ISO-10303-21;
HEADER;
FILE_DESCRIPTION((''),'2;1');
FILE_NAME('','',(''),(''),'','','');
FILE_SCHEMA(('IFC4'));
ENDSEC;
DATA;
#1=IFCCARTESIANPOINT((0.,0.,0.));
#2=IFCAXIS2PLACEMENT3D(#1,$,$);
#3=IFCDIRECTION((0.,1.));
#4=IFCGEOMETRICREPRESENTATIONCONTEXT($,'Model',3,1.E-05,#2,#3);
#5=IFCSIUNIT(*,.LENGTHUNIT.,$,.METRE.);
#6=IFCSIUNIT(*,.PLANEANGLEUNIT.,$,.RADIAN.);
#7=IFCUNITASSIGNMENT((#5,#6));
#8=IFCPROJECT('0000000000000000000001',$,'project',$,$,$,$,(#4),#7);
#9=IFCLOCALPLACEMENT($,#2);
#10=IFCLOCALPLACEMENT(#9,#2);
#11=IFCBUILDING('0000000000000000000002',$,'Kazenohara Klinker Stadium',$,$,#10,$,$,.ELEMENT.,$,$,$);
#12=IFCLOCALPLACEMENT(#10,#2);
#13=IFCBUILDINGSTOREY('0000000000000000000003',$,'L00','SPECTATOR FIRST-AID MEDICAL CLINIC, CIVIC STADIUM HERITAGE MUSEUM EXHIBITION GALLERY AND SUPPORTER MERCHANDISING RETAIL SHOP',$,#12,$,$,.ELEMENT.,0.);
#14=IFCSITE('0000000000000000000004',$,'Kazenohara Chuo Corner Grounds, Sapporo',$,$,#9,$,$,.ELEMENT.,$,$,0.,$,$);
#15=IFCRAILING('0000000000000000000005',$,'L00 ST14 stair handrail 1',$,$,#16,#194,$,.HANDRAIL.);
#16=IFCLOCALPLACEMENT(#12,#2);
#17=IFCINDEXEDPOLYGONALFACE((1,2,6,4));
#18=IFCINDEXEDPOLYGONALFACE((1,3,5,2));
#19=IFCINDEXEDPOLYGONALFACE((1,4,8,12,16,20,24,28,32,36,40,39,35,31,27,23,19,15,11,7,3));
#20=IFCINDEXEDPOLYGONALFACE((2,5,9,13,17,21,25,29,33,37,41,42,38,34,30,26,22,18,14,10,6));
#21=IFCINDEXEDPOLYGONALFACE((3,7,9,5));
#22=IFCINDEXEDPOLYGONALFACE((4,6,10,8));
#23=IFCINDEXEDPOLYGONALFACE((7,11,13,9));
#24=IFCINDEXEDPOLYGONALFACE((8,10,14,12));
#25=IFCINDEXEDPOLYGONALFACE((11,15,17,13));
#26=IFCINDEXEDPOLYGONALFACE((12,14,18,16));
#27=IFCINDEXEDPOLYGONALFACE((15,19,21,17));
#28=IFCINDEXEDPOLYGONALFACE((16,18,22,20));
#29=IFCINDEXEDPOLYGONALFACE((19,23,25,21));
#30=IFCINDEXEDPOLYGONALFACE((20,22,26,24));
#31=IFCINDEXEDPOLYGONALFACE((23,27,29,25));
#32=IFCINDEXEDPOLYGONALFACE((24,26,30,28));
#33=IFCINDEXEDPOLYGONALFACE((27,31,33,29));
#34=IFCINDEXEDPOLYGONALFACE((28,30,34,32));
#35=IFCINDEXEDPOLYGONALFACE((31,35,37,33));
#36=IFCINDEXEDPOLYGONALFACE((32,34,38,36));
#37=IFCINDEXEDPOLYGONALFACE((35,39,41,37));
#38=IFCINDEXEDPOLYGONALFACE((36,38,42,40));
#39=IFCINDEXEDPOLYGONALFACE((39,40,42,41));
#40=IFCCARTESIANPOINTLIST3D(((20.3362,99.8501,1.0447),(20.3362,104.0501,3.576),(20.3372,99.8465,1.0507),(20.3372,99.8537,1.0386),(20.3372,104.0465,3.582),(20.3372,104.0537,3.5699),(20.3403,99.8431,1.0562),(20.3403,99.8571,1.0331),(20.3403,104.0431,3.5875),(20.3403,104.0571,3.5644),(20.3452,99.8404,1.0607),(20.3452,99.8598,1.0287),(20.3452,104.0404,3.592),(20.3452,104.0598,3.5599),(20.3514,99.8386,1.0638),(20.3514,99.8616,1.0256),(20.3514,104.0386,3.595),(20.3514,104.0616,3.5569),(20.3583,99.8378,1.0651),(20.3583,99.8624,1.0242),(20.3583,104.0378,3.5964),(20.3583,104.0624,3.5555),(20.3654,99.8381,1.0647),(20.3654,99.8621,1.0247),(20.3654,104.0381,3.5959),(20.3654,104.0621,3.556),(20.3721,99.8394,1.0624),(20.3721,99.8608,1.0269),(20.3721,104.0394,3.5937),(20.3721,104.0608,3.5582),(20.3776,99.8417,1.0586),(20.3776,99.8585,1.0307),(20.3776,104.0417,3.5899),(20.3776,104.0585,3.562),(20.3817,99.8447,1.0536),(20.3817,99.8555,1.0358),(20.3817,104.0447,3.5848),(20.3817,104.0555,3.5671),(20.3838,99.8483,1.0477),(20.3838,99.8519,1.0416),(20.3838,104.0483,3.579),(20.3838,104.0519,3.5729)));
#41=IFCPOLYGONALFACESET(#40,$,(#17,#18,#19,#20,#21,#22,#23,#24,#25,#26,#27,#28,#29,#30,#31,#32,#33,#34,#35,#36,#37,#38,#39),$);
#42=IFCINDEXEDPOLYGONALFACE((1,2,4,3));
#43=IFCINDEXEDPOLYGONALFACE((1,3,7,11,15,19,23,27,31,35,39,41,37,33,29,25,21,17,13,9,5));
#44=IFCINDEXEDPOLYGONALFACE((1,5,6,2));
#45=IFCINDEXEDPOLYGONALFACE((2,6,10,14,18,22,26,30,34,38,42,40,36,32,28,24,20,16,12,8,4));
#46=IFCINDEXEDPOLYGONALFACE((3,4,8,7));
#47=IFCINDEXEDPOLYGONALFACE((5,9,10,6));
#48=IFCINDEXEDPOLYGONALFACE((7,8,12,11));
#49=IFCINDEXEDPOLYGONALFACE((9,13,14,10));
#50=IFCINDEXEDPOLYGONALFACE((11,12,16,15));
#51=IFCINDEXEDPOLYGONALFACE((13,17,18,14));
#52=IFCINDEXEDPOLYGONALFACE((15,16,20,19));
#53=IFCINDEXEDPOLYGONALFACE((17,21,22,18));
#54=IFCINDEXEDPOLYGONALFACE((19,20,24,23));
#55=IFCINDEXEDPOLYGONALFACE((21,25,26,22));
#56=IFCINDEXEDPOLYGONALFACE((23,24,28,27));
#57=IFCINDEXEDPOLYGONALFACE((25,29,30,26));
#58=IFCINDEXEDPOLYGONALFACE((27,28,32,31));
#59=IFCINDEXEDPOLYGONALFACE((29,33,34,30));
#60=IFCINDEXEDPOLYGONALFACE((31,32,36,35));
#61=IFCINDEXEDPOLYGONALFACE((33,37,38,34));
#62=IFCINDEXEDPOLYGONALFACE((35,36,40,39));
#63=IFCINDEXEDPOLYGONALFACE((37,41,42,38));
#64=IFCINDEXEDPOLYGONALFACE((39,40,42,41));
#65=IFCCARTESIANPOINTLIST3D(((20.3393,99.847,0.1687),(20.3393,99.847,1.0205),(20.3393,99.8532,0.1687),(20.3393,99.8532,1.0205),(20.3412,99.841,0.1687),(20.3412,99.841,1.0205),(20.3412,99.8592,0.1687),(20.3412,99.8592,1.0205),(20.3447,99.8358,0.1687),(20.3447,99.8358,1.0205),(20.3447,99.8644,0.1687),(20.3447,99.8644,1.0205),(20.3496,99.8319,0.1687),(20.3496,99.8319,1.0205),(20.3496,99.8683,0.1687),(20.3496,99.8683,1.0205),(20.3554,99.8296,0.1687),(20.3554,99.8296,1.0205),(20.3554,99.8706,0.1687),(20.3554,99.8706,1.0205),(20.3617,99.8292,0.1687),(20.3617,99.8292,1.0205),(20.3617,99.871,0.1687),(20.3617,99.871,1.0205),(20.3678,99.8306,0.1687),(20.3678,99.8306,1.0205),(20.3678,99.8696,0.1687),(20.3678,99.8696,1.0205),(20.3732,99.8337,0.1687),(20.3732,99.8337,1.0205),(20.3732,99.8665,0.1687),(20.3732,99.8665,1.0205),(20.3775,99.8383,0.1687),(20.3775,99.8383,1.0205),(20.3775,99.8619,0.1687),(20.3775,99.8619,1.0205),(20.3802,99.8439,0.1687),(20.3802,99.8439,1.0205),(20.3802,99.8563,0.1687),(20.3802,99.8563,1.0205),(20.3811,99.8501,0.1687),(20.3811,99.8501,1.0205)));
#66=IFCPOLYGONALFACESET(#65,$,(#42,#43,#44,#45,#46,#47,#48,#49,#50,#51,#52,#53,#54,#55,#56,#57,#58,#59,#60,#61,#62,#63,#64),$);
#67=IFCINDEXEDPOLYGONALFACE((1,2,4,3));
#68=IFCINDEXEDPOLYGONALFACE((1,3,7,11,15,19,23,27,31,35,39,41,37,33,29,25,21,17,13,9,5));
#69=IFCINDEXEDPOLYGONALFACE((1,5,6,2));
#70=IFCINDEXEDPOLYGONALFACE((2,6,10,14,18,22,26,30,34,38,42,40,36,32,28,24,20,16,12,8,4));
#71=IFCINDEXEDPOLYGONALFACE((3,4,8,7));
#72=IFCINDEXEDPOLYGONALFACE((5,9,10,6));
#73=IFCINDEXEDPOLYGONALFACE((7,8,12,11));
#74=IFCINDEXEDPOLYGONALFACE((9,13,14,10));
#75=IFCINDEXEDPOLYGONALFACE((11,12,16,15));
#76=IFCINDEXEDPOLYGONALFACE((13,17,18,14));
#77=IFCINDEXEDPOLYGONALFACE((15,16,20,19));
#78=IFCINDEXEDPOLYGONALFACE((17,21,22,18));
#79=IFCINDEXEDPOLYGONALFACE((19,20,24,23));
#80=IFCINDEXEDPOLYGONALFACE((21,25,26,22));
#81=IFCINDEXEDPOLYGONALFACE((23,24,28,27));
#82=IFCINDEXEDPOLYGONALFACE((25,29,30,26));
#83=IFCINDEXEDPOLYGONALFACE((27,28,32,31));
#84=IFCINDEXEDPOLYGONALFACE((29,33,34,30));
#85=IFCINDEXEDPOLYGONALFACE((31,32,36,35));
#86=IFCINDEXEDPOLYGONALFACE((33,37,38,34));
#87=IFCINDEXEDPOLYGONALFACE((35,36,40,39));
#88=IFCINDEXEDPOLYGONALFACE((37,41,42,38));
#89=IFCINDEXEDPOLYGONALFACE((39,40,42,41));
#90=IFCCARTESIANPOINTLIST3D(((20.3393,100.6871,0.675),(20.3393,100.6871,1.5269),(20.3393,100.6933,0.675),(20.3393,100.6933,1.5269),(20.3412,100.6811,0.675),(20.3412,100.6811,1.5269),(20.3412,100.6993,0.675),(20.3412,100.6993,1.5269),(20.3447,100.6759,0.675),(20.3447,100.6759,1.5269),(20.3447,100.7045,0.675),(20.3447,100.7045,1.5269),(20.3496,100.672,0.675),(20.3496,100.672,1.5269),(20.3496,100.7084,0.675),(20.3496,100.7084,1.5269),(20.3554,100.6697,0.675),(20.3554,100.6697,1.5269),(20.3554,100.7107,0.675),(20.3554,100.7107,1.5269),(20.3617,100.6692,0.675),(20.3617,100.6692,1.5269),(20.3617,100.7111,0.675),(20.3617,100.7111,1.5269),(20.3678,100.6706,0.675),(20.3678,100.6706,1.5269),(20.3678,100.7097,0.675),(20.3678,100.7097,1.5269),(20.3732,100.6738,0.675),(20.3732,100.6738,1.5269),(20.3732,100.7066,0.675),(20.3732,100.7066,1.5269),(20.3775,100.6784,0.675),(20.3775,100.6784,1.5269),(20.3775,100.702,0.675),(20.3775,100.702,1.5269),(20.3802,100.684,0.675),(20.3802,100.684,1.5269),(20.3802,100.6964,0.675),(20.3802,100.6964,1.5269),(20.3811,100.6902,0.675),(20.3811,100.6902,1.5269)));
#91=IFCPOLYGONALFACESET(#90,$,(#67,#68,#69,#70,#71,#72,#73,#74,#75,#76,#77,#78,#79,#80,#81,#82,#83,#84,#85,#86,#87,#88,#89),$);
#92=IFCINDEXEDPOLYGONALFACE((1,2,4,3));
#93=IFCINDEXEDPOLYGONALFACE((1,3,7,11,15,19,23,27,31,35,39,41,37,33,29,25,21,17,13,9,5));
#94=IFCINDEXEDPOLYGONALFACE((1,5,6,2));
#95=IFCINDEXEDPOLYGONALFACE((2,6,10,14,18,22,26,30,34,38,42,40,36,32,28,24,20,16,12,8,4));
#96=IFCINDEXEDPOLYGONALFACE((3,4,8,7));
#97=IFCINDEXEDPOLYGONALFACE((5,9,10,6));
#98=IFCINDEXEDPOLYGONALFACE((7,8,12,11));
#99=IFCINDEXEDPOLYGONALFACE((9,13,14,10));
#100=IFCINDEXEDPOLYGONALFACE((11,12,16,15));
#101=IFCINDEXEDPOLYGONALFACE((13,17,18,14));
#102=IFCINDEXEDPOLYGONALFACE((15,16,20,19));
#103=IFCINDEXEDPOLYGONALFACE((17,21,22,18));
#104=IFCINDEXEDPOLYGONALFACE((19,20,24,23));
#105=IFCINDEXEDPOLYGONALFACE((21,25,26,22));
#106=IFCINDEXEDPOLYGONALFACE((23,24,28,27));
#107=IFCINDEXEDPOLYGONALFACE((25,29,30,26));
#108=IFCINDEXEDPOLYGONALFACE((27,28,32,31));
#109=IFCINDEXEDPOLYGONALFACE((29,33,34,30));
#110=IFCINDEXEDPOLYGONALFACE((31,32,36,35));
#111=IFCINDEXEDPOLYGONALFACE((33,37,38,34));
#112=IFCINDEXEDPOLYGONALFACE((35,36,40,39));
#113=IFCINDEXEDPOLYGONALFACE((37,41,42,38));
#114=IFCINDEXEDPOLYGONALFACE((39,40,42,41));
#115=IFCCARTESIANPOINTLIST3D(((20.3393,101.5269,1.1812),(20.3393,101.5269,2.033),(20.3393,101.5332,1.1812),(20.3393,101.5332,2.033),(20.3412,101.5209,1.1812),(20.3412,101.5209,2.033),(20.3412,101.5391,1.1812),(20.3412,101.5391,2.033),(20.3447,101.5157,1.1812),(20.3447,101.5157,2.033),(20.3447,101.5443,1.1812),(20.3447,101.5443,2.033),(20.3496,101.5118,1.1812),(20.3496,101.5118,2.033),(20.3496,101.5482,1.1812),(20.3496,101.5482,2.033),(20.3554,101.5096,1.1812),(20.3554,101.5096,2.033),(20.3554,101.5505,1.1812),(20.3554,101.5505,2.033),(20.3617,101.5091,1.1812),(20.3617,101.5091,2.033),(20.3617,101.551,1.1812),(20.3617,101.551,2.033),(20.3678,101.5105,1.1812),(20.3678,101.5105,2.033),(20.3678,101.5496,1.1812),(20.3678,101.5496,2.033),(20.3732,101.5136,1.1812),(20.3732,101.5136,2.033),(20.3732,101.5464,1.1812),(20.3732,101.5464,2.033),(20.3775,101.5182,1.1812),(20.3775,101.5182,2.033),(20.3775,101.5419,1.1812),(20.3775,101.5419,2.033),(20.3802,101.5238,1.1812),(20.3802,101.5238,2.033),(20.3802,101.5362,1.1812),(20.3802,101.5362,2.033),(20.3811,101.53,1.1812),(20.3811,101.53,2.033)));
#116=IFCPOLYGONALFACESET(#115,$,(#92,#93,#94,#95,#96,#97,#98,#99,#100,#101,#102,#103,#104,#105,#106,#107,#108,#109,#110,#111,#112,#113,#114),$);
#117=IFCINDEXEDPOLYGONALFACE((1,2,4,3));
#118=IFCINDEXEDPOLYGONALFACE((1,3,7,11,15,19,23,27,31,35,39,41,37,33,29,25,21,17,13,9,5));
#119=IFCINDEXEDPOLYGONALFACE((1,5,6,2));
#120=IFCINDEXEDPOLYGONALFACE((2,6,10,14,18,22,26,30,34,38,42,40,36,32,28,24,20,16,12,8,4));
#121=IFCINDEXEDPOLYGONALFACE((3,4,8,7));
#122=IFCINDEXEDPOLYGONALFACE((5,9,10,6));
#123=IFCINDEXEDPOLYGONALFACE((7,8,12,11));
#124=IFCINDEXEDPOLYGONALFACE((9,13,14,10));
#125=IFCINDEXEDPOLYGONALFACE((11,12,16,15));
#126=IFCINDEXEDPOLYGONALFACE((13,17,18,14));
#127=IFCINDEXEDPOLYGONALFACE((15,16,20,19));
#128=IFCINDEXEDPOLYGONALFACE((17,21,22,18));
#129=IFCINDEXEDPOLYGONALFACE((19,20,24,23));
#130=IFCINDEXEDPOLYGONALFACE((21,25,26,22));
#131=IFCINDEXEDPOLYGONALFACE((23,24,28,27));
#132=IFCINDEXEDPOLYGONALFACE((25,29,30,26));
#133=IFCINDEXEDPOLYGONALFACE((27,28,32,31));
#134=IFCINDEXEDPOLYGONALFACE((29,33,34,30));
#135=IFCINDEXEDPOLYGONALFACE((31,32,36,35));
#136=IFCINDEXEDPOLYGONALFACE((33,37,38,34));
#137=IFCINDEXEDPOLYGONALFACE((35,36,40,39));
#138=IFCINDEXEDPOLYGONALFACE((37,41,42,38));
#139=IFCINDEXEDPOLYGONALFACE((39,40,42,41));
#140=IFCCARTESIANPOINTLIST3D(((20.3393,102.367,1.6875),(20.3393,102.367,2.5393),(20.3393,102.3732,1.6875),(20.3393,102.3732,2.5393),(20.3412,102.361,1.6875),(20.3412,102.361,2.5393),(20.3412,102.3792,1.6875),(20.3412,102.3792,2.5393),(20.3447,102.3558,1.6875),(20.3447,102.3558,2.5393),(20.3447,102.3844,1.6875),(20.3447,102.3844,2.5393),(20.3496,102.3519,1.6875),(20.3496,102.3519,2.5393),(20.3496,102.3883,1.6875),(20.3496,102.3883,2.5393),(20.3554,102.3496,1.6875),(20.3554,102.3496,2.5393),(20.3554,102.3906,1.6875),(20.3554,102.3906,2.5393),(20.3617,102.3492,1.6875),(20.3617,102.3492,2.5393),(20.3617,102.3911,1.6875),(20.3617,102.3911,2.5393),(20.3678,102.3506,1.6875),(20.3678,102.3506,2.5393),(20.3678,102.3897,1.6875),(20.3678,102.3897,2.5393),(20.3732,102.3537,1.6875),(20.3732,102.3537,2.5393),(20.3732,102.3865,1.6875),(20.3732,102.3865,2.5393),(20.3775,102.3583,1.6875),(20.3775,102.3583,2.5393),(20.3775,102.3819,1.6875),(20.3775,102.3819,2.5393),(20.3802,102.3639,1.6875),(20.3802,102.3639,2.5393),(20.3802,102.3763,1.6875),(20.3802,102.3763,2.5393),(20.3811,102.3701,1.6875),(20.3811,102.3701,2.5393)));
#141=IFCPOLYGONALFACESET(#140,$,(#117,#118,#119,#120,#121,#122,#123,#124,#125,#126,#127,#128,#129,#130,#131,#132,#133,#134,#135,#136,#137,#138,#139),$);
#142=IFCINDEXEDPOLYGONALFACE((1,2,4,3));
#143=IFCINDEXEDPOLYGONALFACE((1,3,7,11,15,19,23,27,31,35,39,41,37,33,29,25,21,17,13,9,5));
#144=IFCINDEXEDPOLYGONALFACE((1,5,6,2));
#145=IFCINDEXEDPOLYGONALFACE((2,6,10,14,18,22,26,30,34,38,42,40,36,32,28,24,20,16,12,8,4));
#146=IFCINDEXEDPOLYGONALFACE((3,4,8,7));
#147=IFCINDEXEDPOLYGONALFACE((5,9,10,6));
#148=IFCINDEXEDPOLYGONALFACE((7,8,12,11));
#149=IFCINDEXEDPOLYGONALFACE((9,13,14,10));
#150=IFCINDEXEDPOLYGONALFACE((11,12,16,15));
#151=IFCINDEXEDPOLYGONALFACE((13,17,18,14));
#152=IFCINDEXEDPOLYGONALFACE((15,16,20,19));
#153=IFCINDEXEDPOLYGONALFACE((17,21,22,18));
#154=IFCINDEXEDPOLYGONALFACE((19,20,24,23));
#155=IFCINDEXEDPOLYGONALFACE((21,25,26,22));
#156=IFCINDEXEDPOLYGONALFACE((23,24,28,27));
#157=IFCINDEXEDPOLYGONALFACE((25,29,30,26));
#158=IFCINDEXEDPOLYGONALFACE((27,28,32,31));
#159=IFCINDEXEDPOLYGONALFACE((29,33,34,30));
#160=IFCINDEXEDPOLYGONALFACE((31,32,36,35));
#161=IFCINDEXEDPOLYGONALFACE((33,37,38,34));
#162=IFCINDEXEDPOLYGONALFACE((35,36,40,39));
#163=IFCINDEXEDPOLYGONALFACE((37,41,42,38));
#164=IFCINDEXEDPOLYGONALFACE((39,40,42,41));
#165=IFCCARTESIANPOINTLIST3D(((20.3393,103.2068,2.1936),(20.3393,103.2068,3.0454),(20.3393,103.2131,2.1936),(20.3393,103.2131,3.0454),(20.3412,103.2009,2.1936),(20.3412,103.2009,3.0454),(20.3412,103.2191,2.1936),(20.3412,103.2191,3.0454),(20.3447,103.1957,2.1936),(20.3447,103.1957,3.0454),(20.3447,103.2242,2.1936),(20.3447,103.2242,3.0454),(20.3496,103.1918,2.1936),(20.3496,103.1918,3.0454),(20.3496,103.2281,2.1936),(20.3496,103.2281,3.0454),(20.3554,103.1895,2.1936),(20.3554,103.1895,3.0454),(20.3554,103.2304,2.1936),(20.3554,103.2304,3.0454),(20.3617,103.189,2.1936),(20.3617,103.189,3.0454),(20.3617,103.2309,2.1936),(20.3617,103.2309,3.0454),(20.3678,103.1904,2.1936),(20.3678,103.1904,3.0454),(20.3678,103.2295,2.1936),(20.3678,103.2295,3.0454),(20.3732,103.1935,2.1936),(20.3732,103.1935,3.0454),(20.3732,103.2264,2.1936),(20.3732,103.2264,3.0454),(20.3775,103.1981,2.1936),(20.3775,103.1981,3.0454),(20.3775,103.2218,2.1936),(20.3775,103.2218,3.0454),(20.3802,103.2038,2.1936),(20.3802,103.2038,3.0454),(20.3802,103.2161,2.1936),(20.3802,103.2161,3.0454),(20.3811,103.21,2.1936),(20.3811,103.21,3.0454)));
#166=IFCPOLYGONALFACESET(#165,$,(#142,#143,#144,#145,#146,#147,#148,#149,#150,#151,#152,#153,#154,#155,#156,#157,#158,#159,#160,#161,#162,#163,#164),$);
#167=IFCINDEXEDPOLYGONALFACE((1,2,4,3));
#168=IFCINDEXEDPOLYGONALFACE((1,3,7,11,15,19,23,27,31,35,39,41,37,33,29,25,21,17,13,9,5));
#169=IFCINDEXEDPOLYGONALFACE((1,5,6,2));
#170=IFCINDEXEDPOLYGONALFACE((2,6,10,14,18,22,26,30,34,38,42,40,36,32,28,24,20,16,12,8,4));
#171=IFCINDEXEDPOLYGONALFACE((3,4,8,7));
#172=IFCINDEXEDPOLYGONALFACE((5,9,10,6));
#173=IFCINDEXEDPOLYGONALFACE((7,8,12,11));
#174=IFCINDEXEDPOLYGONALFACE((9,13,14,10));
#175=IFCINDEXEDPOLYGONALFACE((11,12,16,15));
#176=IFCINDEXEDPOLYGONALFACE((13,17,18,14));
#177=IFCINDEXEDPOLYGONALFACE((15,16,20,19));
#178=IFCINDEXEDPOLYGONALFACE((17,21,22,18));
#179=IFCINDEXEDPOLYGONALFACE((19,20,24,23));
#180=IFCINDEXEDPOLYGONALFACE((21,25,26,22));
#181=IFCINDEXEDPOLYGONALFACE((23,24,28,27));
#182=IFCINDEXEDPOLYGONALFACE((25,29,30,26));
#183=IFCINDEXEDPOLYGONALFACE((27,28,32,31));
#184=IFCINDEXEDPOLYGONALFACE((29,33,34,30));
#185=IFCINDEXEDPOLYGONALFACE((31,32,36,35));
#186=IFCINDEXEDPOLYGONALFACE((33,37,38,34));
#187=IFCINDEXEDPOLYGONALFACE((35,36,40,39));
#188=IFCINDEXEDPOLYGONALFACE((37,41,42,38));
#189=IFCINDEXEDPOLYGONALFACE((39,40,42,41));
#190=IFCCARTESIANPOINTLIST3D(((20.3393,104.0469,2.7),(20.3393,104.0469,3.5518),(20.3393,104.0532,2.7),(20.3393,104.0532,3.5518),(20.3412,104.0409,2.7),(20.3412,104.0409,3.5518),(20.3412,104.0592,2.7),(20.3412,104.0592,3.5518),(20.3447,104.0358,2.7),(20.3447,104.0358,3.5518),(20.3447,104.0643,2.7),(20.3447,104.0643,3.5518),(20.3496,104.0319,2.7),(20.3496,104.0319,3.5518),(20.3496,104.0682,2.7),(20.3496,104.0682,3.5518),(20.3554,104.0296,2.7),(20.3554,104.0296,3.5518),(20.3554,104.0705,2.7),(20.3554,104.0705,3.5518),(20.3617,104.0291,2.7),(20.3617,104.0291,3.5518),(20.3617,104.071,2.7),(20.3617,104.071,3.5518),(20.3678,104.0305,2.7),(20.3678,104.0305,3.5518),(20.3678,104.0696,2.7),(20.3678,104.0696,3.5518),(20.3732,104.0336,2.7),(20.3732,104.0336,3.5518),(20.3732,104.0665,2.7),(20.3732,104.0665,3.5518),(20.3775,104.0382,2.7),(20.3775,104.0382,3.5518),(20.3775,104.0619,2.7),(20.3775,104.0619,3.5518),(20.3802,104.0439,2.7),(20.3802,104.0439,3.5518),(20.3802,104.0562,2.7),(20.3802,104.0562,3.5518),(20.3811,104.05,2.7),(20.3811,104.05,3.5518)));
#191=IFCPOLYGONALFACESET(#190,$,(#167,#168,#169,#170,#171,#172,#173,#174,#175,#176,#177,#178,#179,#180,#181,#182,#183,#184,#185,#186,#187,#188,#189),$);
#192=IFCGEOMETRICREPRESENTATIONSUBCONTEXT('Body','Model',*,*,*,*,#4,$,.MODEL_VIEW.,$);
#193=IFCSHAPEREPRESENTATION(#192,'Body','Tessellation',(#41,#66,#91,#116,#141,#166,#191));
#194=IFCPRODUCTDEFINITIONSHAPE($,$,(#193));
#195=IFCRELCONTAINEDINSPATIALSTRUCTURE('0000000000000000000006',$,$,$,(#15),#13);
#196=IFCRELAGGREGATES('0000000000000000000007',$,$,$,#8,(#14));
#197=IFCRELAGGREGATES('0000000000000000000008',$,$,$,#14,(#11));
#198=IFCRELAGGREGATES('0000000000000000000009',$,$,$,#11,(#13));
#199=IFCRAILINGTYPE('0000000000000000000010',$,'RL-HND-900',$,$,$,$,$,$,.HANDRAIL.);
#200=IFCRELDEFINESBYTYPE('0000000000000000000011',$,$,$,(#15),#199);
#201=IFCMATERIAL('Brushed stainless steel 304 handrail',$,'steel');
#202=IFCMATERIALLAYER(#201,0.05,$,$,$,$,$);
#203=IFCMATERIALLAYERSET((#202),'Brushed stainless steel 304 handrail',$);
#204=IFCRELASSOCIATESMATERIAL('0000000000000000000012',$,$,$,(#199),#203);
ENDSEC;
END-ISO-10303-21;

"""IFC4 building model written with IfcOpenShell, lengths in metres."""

from ifc_helpers import new_model, si_unit, direction, frame, origin, origin_2d, place, context, subcontext, project, spatial, circle, extrude, material, layer, layer_set, type_object, element, save


model = new_model("IFC4")

# Units and contexts
model_context = context("Model", 3, precision=1e-05, world=origin(), true_north=direction((0.0, 1.0)))
body_context = subcontext(model_context, "Body", "Model", "MODEL_VIEW")
ifc_project = project(units=[si_unit("LENGTHUNIT", "METRE"), si_unit("PLANEANGLEUNIT", "RADIAN")], contexts=[model_context])

# Site, building, storey
site_placement = place(None, origin())
site = spatial("IfcSite", under=ifc_project, at=site_placement, Name="Kazenohara Chuo Corner Grounds, Sapporo", CompositionType="ELEMENT", RefElevation=0.0)
building_placement = place(site_placement, origin())
building = spatial("IfcBuilding", under=site, at=building_placement, Name="Kazenohara Klinker Stadium", CompositionType="ELEMENT")
storey_placement = place(building_placement, origin())
storey = spatial("IfcBuildingStorey", under=building, at=storey_placement, Name="L00", Description="SPECTATOR FIRST-AID MEDICAL CLINIC, CIVIC STADIUM HERITAGE MUSEUM EXHIBITION GALLERY AND SUPPORTER MERCHANDISING RETAIL SHOP", CompositionType="ELEMENT", Elevation=0.0)

# Railing
ifc_material_1 = material(Name="Brushed stainless steel 304 handrail", Category="steel")
ifc_layer_1 = layer(ifc_material_1, 0.05)
ifc_layer_set_1 = layer_set([ifc_layer_1], Name="Brushed stainless steel 304 handrail")
railing_type = type_object("IfcRailingType", Name="RL-HND-900", PredefinedType="HANDRAIL", material=ifc_layer_set_1)
railing_placement = place(storey_placement, frame((20.3601, 99.8501, 0.1687)))
element("IfcRailing", 1, at=railing_placement, inside=storey, type_object=railing_type, Name="L00 ST14 stair handrail 1", PredefinedType="HANDRAIL", context=body_context, shape_type="SweptSolid", body=[
    extrude(circle(Radius=0.0239, at=origin_2d()), frame((0.0, 0.0, 0.876), z_axis=(0.0, 0.856476, 0.516186), x_axis=(-1.0, 0.0, 0.0)), (0.0, 0.0, 1.0), 4.9038),
    extrude(circle(Radius=0.021, at=origin_2d()), origin(), (0.0, 0.0, 1.0), 0.8518),
    extrude(circle(Radius=0.021, at=origin_2d()), frame((0.0, 0.8401, 0.5063)), (0.0, 0.0, 1.0), 0.8518),
    extrude(circle(Radius=0.021, at=origin_2d()), frame((0.0, 1.6799, 1.0125)), (0.0, 0.0, 1.0), 0.8518),
    extrude(circle(Radius=0.021, at=origin_2d()), frame((0.0, 2.52, 1.5188)), (0.0, 0.0, 1.0), 0.8518),
    extrude(circle(Radius=0.021, at=origin_2d()), frame((0.0, 3.3599, 2.0249)), (0.0, 0.0, 1.0), 0.8518),
    extrude(circle(Radius=0.021, at=origin_2d()), frame((0.0, 4.2, 2.5312)), (0.0, 0.0, 1.0), 0.8518),
])

save(model, "model.ifc")
